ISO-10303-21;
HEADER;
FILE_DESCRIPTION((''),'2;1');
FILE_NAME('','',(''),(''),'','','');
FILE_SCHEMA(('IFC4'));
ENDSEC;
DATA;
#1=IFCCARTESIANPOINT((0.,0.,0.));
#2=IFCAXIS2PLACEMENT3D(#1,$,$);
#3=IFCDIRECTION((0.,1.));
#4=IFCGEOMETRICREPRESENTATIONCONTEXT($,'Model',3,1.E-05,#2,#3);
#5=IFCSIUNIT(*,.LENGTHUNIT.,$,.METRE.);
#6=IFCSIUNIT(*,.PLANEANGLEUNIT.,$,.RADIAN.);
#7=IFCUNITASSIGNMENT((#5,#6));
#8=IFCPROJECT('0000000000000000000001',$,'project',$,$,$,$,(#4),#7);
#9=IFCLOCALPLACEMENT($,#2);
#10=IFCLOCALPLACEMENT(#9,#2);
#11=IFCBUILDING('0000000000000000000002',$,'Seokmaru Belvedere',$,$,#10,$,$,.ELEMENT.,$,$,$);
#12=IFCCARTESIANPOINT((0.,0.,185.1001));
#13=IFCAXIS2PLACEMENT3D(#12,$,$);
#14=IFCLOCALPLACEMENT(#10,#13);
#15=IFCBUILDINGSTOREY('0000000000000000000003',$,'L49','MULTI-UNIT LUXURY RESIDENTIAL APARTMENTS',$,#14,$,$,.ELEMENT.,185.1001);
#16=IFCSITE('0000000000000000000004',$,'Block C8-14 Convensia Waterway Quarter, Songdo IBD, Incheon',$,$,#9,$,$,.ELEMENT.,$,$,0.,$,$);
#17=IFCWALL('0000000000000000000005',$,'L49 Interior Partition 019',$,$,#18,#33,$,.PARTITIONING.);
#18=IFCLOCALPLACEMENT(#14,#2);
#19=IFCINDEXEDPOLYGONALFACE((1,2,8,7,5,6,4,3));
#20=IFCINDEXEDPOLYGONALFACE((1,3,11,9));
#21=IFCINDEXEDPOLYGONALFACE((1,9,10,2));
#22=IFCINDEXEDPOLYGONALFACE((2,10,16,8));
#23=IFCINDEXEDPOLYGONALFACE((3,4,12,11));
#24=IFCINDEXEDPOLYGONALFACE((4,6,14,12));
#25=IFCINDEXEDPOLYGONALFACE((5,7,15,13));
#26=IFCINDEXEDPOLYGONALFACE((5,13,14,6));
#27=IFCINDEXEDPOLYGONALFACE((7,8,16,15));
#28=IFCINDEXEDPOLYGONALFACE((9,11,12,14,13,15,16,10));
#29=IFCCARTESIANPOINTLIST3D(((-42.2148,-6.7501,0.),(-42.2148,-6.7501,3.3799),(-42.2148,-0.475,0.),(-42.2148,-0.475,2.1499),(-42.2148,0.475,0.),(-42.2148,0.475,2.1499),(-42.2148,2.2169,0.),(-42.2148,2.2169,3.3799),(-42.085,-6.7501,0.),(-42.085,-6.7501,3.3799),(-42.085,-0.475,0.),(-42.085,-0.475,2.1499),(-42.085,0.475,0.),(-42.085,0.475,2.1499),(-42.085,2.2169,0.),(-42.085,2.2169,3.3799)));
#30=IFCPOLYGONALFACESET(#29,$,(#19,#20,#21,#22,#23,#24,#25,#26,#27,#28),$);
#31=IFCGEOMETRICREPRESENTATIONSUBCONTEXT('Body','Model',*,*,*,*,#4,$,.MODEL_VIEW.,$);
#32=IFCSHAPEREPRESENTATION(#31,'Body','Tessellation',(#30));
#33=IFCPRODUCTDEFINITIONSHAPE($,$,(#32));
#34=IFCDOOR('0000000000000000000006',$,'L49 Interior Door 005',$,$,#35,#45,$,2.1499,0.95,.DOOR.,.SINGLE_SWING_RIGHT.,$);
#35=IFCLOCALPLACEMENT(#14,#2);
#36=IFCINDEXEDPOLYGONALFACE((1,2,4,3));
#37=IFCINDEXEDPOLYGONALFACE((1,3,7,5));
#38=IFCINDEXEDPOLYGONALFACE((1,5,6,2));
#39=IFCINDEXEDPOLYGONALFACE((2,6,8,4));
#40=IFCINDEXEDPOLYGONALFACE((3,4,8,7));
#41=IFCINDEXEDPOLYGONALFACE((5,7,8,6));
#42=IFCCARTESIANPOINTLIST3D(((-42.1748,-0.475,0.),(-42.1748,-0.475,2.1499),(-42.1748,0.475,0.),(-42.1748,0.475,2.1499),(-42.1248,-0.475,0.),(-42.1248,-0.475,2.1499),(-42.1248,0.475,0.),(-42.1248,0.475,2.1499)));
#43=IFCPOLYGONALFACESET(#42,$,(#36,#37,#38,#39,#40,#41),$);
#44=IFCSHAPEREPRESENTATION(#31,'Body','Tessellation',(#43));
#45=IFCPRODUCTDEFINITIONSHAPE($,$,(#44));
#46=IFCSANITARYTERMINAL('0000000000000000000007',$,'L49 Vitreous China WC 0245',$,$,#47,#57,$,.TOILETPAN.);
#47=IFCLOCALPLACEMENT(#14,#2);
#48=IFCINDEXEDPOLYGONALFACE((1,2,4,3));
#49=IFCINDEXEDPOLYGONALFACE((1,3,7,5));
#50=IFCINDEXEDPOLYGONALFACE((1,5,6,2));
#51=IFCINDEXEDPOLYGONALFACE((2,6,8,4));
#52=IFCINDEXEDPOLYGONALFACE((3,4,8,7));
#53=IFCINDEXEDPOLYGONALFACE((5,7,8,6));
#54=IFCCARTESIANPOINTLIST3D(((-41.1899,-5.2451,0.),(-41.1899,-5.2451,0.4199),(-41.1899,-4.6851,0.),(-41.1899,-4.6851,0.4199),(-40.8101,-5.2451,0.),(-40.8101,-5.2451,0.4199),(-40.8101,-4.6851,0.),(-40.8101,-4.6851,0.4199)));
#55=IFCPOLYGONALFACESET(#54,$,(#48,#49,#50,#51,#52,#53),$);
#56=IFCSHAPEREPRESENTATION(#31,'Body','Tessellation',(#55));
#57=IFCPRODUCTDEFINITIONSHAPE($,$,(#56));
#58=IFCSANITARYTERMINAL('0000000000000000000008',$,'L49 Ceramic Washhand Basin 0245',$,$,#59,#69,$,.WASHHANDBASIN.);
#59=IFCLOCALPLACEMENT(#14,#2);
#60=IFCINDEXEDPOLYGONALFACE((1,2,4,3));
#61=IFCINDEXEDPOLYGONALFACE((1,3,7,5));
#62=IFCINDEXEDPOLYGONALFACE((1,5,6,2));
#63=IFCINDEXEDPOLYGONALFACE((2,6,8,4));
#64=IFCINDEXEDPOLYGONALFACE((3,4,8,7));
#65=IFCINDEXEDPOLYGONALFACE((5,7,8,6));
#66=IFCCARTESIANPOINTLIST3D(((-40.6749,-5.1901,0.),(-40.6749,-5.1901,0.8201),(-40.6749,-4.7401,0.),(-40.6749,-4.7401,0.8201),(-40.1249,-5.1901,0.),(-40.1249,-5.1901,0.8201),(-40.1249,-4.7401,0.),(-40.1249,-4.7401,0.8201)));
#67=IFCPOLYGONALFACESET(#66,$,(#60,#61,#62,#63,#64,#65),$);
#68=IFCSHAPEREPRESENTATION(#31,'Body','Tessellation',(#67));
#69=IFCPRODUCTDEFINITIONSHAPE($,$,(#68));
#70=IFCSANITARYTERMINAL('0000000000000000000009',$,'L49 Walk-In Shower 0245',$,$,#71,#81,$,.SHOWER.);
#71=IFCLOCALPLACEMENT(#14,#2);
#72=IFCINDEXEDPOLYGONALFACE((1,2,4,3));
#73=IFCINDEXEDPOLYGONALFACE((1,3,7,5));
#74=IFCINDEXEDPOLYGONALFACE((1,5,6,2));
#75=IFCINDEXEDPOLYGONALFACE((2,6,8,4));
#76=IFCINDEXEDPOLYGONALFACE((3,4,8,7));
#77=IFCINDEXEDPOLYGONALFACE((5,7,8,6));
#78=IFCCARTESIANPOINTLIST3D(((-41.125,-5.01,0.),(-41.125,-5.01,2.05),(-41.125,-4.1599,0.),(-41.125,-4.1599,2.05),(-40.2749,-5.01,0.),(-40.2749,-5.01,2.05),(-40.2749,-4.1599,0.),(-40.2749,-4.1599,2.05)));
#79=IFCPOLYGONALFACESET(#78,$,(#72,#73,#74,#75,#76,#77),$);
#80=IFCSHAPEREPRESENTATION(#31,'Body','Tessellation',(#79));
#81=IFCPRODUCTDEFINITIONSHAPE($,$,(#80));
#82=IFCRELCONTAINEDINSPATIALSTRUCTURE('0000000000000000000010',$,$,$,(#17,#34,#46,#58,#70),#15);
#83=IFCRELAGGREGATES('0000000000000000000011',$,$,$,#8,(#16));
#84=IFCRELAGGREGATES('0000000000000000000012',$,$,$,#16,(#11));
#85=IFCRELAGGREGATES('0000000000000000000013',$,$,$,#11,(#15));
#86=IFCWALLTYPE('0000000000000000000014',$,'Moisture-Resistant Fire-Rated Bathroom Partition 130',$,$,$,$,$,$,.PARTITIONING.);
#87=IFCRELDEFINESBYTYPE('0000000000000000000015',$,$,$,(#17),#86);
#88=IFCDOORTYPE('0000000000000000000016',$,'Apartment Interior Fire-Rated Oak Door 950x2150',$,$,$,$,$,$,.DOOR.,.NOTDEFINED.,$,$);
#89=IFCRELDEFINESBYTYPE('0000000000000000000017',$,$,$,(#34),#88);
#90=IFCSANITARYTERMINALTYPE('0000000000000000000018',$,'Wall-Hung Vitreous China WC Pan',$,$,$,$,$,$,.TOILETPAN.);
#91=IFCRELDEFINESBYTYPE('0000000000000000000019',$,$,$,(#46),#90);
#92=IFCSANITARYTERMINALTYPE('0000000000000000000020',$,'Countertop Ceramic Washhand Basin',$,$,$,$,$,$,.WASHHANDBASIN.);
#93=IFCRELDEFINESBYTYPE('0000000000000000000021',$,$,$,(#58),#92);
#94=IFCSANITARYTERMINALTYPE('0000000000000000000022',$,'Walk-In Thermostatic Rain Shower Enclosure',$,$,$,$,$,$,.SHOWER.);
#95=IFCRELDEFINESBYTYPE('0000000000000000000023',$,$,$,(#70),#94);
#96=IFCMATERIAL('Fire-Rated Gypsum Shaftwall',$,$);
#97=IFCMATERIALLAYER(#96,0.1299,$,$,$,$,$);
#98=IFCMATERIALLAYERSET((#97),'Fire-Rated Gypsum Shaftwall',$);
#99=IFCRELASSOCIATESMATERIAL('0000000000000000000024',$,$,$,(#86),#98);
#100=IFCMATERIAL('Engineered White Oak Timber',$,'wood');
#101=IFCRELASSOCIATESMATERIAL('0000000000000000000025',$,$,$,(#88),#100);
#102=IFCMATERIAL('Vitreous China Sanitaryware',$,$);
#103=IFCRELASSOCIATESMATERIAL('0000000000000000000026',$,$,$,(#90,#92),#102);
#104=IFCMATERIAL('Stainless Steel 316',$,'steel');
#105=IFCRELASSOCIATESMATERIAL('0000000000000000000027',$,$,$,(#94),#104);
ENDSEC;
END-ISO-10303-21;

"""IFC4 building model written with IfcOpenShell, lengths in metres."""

from ifc_helpers import new_model, si_unit, direction, frame, frame_2d, origin, origin_2d, place, context, subcontext, project, spatial, rectangle, extrude, source, transform, mapped, material, layer, layer_set, type_object, type_shapes, element, fill, save


model = new_model("IFC4")

# Units and contexts
model_context = context("Model", 3, precision=1e-05, world=origin(), true_north=direction((0.0, 1.0)))
body_context = subcontext(model_context, "Body", "Model", "MODEL_VIEW")
ifc_project = project(units=[si_unit("LENGTHUNIT", "METRE"), si_unit("PLANEANGLEUNIT", "RADIAN")], contexts=[model_context])

# Site, building, storey
site_placement = place(None, origin())
site = spatial("IfcSite", under=ifc_project, at=site_placement, Name="Block C8-14 Convensia Waterway Quarter, Songdo IBD, Incheon", CompositionType="ELEMENT", RefElevation=0.0)
building_placement = place(site_placement, origin())
building = spatial("IfcBuilding", under=site, at=building_placement, Name="Seokmaru Belvedere", CompositionType="ELEMENT")
storey_placement = place(building_placement, frame((0.0, 0.0, 185.1001)))
storey = spatial("IfcBuildingStorey", under=building, at=storey_placement, Name="L49", Description="MULTI-UNIT LUXURY RESIDENTIAL APARTMENTS", CompositionType="ELEMENT", Elevation=185.1001)

# Shared definitions
ifc_material_1 = material(Name="Fire-Rated Gypsum Shaftwall")

# Wall, opening, door
ifc_layer_1 = layer(ifc_material_1, 0.1299)
ifc_layer_set_1 = layer_set([ifc_layer_1], Name="Fire-Rated Gypsum Shaftwall")
wall_type_1 = type_object("IfcWallType", Name="Moisture-Resistant Fire-Rated Bathroom Partition 130", PredefinedType="PARTITIONING", material=ifc_layer_set_1)
ifc_material_2 = material(Name="Engineered White Oak Timber", Category="wood")
wall_1_placement = place(storey_placement, frame((-42.1499, -6.75, 0.0), z_axis=(0.0, 0.0, 1.0), x_axis=(0.0, 1.0, 0.0)))
wall_1 = element("IfcWall", 1, at=wall_1_placement, inside=storey, type_object=wall_type_1, Name="L49 Interior Partition 019", PredefinedType="PARTITIONING", context=body_context, shape_type="SweptSolid", body=[
    extrude(rectangle(XDim=8.967, YDim=0.1299, at=frame_2d((4.4834, 0.0))), origin(), (0.0, 0.0, 1.0), 3.3799),
])
opening_1_placement = place(wall_1_placement, frame((6.2749, 0.0, 0.0)))
opening_1 = element("IfcOpeningElement", 2, at=opening_1_placement, cuts=wall_1, PredefinedType="OPENING", context=body_context, shape_type="SweptSolid", body=[
    extrude(rectangle(XDim=0.95, YDim=2.1499, at=frame_2d((0.4751, 1.075))), frame((0.0, 0.075, 0.0), z_axis=(0.0, -1.0, 0.0), x_axis=(1.0, 0.0, 0.0)), (0.0, 0.0, 1.0), 0.1499),
])
door_type_1 = type_object("IfcDoorType", Name="Apartment Interior Fire-Rated Oak Door 950x2150", OperationType="NOTDEFINED", PredefinedType="DOOR", material=ifc_material_2)
shared_shape_1 = source(origin(), body_context, "Body", "SweptSolid", [
    extrude(rectangle(XDim=0.95, YDim=2.1499, at=frame_2d((0.4751, 1.075))), frame((0.0, 0.0249, 0.0), z_axis=(0.0, -1.0, 0.0), x_axis=(1.0, 0.0, 0.0)), (0.0, 0.0, 1.0), 0.05),
])
type_shapes(door_type_1, [shared_shape_1])
door_1_placement = place(opening_1_placement, origin())
door_1 = element("IfcDoor", 3, at=door_1_placement, inside=storey, type_object=door_type_1, Name="L49 Interior Door 005", OperationType="SINGLE_SWING_RIGHT", OverallHeight=2.1499, OverallWidth=0.95, PredefinedType="DOOR", context=body_context, shape_type="MappedRepresentation", body=[
    mapped(shared_shape_1, transform((0.0, 0.0, 0.0), scale=1.0)),
])
fill(opening_1, door_1)

# Sanitary terminals
ifc_material_3 = material(Name="Vitreous China Sanitaryware")
sanitary_terminal_type_1 = type_object("IfcSanitaryTerminalType", Name="Wall-Hung Vitreous China WC Pan", PredefinedType="TOILETPAN", material=ifc_material_3)
shared_shape_2 = source(origin(), body_context, "Body", "SweptSolid", [
    extrude(rectangle(XDim=0.3799, YDim=0.5601, at=origin_2d()), origin(), (0.0, 0.0, 1.0), 0.4199),
])
type_shapes(sanitary_terminal_type_1, [shared_shape_2])
sanitary_terminal_1_placement = place(storey_placement, frame((-41.0, -4.9651, 0.0), z_axis=(0.0, 0.0, 1.0), x_axis=(1.0, 0.0, 0.0)))
element("IfcSanitaryTerminal", 4, at=sanitary_terminal_1_placement, inside=storey, type_object=sanitary_terminal_type_1, Name="L49 Vitreous China WC 0245", PredefinedType="TOILETPAN", context=body_context, shape_type="MappedRepresentation", body=[
    mapped(shared_shape_2, transform((0.0, 0.0, 0.0), scale=1.0)),
])
sanitary_terminal_type_2 = type_object("IfcSanitaryTerminalType", Name="Countertop Ceramic Washhand Basin", PredefinedType="WASHHANDBASIN", material=ifc_material_3)
shared_shape_3 = source(origin(), body_context, "Body", "SweptSolid", [
    extrude(rectangle(XDim=0.55, YDim=0.45, at=origin_2d()), origin(), (0.0, 0.0, 1.0), 0.8201),
])
type_shapes(sanitary_terminal_type_2, [shared_shape_3])
sanitary_terminal_2_placement = place(storey_placement, frame((-40.3999, -4.9651, 0.0), z_axis=(0.0, 0.0, 1.0), x_axis=(1.0, 0.0, 0.0)))
element("IfcSanitaryTerminal", 5, at=sanitary_terminal_2_placement, inside=storey, type_object=sanitary_terminal_type_2, Name="L49 Ceramic Washhand Basin 0245", PredefinedType="WASHHANDBASIN", context=body_context, shape_type="MappedRepresentation", body=[
    mapped(shared_shape_3, transform((0.0, 0.0, 0.0), scale=1.0)),
])
ifc_material_4 = material(Name="Stainless Steel 316", Category="steel")
sanitary_terminal_type_3 = type_object("IfcSanitaryTerminalType", Name="Walk-In Thermostatic Rain Shower Enclosure", PredefinedType="SHOWER", material=ifc_material_4)
shared_shape_4 = source(origin(), body_context, "Body", "SweptSolid", [
    extrude(rectangle(XDim=0.8501, YDim=0.8501, at=origin_2d()), origin(), (0.0, 0.0, 1.0), 2.05),
])
type_shapes(sanitary_terminal_type_3, [shared_shape_4])
sanitary_terminal_3_placement = place(storey_placement, frame((-40.7, -4.585, 0.0), z_axis=(0.0, 0.0, 1.0), x_axis=(1.0, 0.0, 0.0)))
element("IfcSanitaryTerminal", 6, at=sanitary_terminal_3_placement, inside=storey, type_object=sanitary_terminal_type_3, Name="L49 Walk-In Shower 0245", PredefinedType="SHOWER", context=body_context, shape_type="MappedRepresentation", body=[
    mapped(shared_shape_4, transform((0.0, 0.0, 0.0), scale=1.0)),
])

save(model, "model.ifc")
